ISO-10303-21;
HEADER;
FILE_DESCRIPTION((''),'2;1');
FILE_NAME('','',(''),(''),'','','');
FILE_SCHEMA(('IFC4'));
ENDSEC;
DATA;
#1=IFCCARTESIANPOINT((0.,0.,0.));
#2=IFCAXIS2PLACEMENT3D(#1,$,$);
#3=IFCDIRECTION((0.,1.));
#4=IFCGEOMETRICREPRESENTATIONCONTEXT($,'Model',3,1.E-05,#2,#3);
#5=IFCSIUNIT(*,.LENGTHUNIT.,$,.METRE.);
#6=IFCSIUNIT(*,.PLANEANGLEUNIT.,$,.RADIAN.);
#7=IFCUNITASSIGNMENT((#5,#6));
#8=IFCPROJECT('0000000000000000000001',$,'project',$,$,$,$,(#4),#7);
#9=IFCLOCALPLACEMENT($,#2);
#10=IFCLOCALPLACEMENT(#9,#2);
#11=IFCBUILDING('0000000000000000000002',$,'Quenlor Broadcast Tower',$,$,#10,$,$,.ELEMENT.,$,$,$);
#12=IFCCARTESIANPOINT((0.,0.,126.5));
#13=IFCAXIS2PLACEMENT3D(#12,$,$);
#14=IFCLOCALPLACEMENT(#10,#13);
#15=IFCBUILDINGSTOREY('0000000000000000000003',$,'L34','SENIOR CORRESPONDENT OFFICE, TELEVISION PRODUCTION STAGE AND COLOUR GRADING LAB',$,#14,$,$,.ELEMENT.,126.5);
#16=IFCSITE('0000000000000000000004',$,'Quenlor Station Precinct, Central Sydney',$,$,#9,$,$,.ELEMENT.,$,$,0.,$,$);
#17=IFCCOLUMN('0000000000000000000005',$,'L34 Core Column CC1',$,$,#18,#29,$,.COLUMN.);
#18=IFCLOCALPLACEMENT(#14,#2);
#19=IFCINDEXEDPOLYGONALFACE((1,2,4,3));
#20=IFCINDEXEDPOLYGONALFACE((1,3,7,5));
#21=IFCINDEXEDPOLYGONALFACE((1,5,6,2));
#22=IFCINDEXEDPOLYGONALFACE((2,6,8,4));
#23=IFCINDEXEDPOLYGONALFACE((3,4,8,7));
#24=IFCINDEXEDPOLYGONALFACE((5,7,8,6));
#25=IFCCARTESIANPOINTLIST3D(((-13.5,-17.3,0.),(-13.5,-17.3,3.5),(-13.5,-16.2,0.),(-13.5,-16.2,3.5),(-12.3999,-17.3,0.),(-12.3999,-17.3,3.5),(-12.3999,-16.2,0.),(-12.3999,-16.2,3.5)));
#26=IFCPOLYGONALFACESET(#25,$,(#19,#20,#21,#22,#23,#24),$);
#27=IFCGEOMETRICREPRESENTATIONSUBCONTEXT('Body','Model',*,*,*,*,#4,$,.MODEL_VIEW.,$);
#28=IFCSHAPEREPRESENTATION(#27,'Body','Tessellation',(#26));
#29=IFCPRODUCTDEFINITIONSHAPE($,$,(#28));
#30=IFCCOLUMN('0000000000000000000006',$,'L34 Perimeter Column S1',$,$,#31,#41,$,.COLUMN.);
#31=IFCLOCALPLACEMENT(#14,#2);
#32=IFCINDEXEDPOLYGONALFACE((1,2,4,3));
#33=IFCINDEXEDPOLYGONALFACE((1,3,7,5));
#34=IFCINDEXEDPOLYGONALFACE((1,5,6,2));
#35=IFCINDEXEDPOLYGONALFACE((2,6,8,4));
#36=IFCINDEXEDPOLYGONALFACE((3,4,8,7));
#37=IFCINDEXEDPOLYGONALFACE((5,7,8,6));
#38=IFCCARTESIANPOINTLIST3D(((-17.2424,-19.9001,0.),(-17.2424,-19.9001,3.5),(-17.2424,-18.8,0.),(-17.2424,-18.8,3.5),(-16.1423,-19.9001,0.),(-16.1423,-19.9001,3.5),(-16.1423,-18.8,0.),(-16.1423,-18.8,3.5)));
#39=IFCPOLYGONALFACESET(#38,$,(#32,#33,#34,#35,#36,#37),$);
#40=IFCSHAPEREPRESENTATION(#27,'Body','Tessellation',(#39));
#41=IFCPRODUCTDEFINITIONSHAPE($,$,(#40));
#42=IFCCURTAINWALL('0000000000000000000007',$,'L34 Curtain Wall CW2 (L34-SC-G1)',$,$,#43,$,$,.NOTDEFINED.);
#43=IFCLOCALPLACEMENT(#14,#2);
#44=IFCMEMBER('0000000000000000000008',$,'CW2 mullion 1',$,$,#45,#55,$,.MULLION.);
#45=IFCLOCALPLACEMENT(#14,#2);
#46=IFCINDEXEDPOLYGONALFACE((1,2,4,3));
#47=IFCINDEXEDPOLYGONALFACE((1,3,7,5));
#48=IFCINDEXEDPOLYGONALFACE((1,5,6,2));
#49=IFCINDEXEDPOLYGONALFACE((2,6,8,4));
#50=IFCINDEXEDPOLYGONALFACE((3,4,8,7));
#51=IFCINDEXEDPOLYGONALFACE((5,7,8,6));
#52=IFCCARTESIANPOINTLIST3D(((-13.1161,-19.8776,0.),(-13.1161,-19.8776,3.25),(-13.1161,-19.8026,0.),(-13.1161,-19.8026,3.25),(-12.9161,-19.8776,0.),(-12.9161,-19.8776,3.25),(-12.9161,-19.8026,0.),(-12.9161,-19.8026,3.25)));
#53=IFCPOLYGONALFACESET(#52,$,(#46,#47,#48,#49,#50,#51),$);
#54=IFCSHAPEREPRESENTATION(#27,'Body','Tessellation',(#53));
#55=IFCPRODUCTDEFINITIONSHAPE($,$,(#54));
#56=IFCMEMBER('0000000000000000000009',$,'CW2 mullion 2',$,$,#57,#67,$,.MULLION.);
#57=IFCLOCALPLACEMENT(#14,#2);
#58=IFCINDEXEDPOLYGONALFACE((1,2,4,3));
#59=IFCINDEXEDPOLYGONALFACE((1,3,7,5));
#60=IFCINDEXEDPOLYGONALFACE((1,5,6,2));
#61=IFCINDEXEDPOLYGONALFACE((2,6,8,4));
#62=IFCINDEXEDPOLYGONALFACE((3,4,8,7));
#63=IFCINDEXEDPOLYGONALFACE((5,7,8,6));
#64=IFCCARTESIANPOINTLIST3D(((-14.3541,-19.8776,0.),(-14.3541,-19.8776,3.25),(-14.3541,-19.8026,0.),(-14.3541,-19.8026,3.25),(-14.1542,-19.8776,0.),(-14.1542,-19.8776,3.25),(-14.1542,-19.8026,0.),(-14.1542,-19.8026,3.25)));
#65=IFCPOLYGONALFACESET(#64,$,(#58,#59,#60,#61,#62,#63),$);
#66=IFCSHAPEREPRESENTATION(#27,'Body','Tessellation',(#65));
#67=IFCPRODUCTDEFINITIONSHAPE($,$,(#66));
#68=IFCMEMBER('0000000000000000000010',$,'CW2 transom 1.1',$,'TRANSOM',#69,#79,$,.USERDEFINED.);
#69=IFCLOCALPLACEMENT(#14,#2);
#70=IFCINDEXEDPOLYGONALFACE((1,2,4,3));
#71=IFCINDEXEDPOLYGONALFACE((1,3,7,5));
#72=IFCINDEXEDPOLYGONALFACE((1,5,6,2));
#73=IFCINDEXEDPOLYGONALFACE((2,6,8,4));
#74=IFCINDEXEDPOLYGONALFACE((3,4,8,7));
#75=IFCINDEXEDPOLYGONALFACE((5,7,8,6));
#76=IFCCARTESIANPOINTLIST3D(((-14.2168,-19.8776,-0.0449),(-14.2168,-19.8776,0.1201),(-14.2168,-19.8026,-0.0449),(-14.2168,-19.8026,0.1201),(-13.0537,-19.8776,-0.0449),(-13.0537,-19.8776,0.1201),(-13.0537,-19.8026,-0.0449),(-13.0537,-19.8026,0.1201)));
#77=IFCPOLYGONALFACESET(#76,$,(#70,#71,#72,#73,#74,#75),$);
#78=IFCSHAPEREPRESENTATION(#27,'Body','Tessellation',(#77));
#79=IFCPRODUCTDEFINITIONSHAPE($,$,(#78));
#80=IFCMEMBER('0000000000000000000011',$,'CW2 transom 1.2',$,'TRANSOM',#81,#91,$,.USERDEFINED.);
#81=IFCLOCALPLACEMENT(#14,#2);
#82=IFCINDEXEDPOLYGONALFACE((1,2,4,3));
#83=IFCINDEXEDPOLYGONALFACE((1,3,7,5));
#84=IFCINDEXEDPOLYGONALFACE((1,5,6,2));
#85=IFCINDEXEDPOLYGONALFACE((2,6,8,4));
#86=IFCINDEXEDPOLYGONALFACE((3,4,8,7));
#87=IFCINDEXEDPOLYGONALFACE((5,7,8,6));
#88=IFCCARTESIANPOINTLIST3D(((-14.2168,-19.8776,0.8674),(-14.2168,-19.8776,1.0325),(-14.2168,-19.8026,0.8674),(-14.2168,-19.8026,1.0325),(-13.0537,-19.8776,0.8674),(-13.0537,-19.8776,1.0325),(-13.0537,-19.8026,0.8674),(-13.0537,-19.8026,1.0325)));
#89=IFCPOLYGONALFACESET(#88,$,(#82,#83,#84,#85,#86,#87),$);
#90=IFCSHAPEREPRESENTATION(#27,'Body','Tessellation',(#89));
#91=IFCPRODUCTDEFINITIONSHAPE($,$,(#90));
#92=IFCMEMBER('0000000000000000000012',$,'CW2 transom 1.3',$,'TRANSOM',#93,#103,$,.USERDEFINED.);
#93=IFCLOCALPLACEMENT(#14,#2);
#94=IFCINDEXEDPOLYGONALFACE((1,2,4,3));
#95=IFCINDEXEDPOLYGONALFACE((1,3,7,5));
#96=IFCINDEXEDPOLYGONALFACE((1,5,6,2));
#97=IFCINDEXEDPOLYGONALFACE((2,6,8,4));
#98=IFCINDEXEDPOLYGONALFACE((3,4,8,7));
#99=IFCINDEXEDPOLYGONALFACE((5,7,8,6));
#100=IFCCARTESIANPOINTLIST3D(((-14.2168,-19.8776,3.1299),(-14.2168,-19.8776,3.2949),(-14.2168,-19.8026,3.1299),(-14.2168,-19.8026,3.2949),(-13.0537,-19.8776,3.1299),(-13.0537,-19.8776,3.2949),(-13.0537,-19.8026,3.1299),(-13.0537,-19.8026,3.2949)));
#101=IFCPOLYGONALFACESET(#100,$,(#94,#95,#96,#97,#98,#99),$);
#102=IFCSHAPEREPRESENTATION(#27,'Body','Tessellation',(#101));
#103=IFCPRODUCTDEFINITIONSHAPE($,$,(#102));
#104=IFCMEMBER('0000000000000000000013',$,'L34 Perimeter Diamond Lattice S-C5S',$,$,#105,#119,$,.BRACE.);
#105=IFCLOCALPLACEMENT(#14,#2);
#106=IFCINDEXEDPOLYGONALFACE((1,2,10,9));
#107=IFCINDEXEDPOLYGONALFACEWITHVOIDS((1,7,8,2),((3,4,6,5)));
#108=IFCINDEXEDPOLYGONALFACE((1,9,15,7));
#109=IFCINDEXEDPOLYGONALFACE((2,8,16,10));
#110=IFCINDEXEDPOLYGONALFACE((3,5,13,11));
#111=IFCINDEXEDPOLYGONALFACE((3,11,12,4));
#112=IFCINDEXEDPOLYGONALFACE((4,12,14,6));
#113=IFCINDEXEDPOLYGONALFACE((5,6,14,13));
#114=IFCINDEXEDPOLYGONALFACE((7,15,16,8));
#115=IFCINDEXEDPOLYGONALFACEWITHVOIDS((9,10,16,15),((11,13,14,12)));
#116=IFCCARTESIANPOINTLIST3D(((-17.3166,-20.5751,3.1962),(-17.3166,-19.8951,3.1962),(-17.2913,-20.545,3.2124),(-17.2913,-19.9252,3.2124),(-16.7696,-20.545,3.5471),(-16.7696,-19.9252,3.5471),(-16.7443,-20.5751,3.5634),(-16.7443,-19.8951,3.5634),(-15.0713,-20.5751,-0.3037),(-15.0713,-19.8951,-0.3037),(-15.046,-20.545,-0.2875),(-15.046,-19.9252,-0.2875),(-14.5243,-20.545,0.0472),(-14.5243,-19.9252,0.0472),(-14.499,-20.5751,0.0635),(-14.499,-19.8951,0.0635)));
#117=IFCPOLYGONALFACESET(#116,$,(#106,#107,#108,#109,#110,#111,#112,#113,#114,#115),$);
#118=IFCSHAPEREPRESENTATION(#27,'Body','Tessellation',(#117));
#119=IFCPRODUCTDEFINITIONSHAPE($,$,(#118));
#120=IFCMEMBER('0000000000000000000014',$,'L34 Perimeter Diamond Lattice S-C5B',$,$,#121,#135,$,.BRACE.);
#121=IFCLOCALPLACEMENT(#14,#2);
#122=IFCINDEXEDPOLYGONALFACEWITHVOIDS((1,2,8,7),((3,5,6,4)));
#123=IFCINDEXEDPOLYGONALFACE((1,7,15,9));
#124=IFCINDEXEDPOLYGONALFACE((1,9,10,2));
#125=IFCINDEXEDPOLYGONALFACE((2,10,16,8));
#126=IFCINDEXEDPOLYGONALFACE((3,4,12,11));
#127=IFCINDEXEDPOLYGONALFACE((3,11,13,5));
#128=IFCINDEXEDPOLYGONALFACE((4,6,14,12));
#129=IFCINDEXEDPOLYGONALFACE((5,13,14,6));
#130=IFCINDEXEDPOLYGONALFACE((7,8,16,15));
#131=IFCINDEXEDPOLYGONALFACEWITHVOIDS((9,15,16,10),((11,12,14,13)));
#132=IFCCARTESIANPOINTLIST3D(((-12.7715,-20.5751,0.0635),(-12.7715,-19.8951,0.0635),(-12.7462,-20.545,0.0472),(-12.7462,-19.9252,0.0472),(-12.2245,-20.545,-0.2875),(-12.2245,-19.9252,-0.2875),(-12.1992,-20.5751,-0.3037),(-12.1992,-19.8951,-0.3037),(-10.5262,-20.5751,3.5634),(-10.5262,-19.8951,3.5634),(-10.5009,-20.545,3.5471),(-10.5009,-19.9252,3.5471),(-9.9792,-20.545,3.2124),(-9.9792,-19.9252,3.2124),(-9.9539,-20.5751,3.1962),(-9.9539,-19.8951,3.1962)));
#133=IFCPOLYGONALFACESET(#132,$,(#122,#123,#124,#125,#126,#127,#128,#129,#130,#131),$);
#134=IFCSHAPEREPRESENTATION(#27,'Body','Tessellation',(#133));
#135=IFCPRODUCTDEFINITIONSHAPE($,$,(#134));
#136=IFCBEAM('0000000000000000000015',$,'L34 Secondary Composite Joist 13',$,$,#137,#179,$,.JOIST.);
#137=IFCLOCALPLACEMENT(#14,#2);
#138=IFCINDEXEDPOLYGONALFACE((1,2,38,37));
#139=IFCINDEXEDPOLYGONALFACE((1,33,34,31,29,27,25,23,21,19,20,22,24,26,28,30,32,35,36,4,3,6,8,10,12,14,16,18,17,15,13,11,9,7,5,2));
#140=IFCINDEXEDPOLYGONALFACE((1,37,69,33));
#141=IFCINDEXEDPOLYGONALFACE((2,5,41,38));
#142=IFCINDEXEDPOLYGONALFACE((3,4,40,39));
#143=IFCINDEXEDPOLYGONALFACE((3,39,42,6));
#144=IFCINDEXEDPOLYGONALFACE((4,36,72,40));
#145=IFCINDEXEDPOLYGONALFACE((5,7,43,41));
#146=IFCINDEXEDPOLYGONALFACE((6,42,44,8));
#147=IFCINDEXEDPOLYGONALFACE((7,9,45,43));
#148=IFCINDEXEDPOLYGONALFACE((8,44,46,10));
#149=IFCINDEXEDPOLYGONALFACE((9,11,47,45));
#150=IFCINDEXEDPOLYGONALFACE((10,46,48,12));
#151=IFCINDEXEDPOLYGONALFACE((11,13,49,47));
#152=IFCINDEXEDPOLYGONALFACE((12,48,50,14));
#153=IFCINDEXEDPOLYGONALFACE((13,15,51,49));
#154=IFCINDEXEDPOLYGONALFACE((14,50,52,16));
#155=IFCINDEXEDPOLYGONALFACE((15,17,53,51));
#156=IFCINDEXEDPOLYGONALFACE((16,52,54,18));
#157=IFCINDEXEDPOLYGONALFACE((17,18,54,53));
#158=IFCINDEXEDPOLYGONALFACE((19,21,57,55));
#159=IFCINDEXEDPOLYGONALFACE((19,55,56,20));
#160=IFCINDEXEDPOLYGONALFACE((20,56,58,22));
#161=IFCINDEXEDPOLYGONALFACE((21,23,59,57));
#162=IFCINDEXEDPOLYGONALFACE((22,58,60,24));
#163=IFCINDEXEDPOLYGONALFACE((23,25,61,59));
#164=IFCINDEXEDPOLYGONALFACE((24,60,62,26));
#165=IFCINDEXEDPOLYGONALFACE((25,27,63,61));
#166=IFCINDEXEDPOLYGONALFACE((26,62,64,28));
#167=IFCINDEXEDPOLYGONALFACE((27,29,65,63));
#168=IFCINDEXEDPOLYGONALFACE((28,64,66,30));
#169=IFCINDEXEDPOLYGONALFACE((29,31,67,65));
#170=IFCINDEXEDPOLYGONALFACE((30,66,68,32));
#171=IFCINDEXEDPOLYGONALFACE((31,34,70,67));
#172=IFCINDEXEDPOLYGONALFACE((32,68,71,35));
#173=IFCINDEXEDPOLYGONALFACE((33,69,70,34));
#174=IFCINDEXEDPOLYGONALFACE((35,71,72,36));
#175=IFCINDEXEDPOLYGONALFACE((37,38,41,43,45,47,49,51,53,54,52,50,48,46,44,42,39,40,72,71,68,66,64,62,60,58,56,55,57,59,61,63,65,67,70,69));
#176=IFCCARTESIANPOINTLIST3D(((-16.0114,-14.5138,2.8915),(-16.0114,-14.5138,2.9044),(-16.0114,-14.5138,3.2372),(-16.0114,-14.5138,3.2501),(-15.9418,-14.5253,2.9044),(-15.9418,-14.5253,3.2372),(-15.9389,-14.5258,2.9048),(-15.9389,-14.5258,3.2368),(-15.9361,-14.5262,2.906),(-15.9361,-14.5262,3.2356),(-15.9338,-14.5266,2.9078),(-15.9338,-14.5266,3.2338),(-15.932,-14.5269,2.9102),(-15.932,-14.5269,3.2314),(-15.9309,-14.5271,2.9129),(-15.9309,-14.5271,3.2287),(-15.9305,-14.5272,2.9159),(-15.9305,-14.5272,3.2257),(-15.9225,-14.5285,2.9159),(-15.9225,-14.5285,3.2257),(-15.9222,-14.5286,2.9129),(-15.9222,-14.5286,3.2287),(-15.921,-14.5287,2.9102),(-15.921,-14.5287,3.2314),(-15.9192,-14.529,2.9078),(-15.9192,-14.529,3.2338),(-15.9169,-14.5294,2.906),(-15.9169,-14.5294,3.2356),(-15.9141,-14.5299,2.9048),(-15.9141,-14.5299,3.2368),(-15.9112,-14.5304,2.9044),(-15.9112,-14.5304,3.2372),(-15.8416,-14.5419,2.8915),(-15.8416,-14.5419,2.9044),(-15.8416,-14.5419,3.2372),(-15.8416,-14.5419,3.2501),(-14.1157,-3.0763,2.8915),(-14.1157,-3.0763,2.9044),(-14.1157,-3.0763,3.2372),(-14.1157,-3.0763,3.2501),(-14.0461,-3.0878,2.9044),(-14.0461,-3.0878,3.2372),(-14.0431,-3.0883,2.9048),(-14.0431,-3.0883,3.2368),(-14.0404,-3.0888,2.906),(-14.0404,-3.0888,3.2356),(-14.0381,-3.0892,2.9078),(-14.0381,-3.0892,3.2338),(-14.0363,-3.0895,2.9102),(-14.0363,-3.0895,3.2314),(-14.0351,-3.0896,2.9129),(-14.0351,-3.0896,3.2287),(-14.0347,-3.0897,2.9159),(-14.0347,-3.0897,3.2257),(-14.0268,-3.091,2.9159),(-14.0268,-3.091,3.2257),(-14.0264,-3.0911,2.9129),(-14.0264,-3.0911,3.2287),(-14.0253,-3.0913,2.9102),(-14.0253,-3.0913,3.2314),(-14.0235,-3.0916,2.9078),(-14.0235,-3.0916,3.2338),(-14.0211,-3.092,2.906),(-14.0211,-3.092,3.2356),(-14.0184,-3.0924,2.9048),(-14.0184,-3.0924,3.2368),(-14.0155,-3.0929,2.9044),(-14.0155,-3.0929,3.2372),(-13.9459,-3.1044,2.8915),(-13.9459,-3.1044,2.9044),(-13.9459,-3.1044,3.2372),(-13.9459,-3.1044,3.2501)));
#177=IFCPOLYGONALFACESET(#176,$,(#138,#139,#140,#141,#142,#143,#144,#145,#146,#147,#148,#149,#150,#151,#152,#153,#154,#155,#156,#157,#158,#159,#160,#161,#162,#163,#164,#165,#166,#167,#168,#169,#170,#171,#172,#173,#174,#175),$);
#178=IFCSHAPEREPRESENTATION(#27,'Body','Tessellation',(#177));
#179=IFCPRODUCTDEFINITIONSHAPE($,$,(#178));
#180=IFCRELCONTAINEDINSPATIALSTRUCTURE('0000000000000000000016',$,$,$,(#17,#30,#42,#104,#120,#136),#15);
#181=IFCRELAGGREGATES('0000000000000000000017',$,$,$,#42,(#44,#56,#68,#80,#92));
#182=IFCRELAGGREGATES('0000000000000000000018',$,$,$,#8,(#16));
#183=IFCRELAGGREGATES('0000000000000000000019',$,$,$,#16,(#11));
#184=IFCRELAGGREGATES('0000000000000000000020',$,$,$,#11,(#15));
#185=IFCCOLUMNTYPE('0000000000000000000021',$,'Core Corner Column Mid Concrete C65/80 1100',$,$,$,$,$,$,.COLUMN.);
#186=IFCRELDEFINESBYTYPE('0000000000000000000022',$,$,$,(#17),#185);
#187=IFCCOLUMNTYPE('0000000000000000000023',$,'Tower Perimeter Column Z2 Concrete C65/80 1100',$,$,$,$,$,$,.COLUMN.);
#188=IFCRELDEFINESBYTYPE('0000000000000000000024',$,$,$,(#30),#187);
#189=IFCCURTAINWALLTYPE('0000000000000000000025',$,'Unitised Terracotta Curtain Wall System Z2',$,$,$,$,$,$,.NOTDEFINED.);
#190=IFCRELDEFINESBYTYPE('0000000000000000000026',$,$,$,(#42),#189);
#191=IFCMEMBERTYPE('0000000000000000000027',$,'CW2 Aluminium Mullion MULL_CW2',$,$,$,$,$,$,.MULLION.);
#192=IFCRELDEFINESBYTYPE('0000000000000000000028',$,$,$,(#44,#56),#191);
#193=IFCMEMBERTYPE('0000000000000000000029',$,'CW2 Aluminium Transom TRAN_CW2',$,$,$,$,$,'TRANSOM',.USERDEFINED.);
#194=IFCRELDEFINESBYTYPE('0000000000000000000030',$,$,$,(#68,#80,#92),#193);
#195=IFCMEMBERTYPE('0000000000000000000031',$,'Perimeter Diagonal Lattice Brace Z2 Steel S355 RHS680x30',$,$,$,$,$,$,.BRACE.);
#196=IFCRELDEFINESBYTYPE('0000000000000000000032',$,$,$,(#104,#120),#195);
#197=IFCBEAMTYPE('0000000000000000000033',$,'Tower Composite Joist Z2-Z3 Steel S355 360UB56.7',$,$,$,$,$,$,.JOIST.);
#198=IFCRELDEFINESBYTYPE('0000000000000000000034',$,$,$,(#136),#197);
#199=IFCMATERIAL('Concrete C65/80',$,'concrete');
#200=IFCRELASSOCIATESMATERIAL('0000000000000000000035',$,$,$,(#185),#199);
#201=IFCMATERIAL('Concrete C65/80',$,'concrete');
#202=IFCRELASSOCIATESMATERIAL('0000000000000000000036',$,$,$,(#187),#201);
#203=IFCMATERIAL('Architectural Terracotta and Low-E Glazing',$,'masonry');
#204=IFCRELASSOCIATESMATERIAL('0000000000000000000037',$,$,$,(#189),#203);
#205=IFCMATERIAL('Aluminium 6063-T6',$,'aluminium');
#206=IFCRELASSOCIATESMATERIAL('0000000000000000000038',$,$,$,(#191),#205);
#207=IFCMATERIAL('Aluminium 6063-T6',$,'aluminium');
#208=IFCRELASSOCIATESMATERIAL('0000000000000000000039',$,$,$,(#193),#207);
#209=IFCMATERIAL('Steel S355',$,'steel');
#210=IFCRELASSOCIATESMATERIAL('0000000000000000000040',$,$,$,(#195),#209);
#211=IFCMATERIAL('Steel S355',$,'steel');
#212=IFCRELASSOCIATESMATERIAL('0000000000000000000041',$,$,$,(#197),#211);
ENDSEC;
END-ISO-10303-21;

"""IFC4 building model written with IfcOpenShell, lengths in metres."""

from ifc_helpers import new_model, si_unit, direction, frame, origin, origin_2d, place, context, subcontext, project, spatial, rectangle, hollow_rectangle, i_section, extrude, material, material_profile, profile_set, type_object, element, aggregate, save


model = new_model("IFC4")

# Units and contexts
model_context = context("Model", 3, precision=1e-05, world=origin(), true_north=direction((0.0, 1.0)))
body_context = subcontext(model_context, "Body", "Model", "MODEL_VIEW")
ifc_project = project(units=[si_unit("LENGTHUNIT", "METRE"), si_unit("PLANEANGLEUNIT", "RADIAN")], contexts=[model_context])

# Site, building, storey
site_placement = place(None, origin())
site = spatial("IfcSite", under=ifc_project, at=site_placement, Name="Quenlor Station Precinct, Central Sydney", CompositionType="ELEMENT", RefElevation=0.0)
building_placement = place(site_placement, origin())
building = spatial("IfcBuilding", under=site, at=building_placement, Name="Quenlor Broadcast Tower", CompositionType="ELEMENT")
storey_placement = place(building_placement, frame((0.0, 0.0, 126.5)))
storey = spatial("IfcBuildingStorey", under=building, at=storey_placement, Name="L34", Description="SENIOR CORRESPONDENT OFFICE, TELEVISION PRODUCTION STAGE AND COLOUR GRADING LAB", CompositionType="ELEMENT", Elevation=126.5)

# Columns
ifc_material_1 = material(Name="Concrete C65/80", Category="concrete")
ifc_material_profile_1 = material_profile(ifc_material_1, rectangle(XDim=1.1001, YDim=1.1001, at=origin_2d()))
ifc_profile_set_1 = profile_set([ifc_material_profile_1], Name="Concrete C65/80 RC1100x1100")
column_type_1 = type_object("IfcColumnType", Name="Core Corner Column Mid Concrete C65/80 1100", PredefinedType="COLUMN", material=ifc_profile_set_1)
column_1_placement = place(storey_placement, frame((-12.95, -16.75, 0.0), z_axis=(0.0, 0.0, 1.0), x_axis=(1.0, 0.0, 0.0)))
element("IfcColumn", 1, at=column_1_placement, inside=storey, type_object=column_type_1, Name="L34 Core Column CC1", PredefinedType="COLUMN", context=body_context, shape_type="SweptSolid", body=[
    extrude(rectangle(XDim=1.1001, YDim=1.1001, at=origin_2d()), origin(), (0.0, 0.0, 1.0), 3.5),
])
ifc_material_2 = material(Name="Concrete C65/80", Category="concrete")
ifc_material_profile_2 = material_profile(ifc_material_2, rectangle(XDim=1.1001, YDim=1.1001, at=origin_2d()))
ifc_profile_set_2 = profile_set([ifc_material_profile_2], Name="Concrete C65/80 RC1100x1100")
column_type_2 = type_object("IfcColumnType", Name="Tower Perimeter Column Z2 Concrete C65/80 1100", PredefinedType="COLUMN", material=ifc_profile_set_2)
column_2_placement = place(storey_placement, frame((-16.6924, -19.3501, 0.0), z_axis=(0.0, 0.0, 1.0), x_axis=(0.0, 1.0, 0.0)))
element("IfcColumn", 2, at=column_2_placement, inside=storey, type_object=column_type_2, Name="L34 Perimeter Column S1", PredefinedType="COLUMN", context=body_context, shape_type="SweptSolid", body=[
    extrude(rectangle(XDim=1.1001, YDim=1.1001, at=origin_2d()), origin(), (0.0, 0.0, 1.0), 3.5),
])

# Curtain wall, members
ifc_material_3 = material(Name="Architectural Terracotta and Low-E Glazing", Category="masonry")
curtain_wall_type = type_object("IfcCurtainWallType", Name="Unitised Terracotta Curtain Wall System Z2", PredefinedType="NOTDEFINED", material=ifc_material_3)
curtain_wall_placement = place(storey_placement, origin())
curtain_wall = element("IfcCurtainWall", 3, at=curtain_wall_placement, inside=storey, type_object=curtain_wall_type, Name="L34 Curtain Wall CW2 (L34-SC-G1)", PredefinedType="NOTDEFINED")
ifc_material_4 = material(Name="Aluminium 6063-T6", Category="aluminium")
ifc_material_profile_3 = material_profile(ifc_material_4, rectangle(XDim=0.075, YDim=0.2, at=origin_2d()))
ifc_profile_set_3 = profile_set([ifc_material_profile_3], Name="Aluminium 6063-T6 MULL75x200")
member_type_1 = type_object("IfcMemberType", Name="CW2 Aluminium Mullion MULL_CW2", PredefinedType="MULLION", material=ifc_profile_set_3)
member_1_placement = place(storey_placement, frame((-13.0161, -19.8401, 0.0), z_axis=(0.0, 0.0, 1.0), x_axis=(0.0, -1.0, 0.0)))
member_1 = element("IfcMember", 4, at=member_1_placement, type_object=member_type_1, Name="CW2 mullion 1", PredefinedType="MULLION", context=body_context, shape_type="SweptSolid", body=[
    extrude(rectangle(XDim=0.075, YDim=0.2, at=origin_2d()), origin(), (0.0, 0.0, 1.0), 3.25),
])
member_2_placement = place(storey_placement, frame((-14.2542, -19.8401, 0.0), z_axis=(0.0, 0.0, 1.0), x_axis=(0.0, -1.0, 0.0)))
member_2 = element("IfcMember", 5, at=member_2_placement, type_object=member_type_1, Name="CW2 mullion 2", PredefinedType="MULLION", context=body_context, shape_type="SweptSolid", body=[
    extrude(rectangle(XDim=0.075, YDim=0.2, at=origin_2d()), origin(), (0.0, 0.0, 1.0), 3.25),
])
ifc_material_5 = material(Name="Aluminium 6063-T6", Category="aluminium")
ifc_material_profile_4 = material_profile(ifc_material_5, rectangle(XDim=0.075, YDim=0.165, at=origin_2d()))
ifc_profile_set_4 = profile_set([ifc_material_profile_4], Name="Aluminium 6063-T6 TRAN75x165")
member_type_2 = type_object("IfcMemberType", Name="CW2 Aluminium Transom TRAN_CW2", ElementType="TRANSOM", PredefinedType="USERDEFINED", material=ifc_profile_set_4)
member_3_placement = place(storey_placement, frame((-13.0537, -19.8401, 0.0376), z_axis=(-1.0, 0.0, 0.0), x_axis=(0.0, -1.0, 0.0)))
member_3 = element("IfcMember", 6, at=member_3_placement, type_object=member_type_2, Name="CW2 transom 1.1", ObjectType="TRANSOM", PredefinedType="USERDEFINED", context=body_context, shape_type="SweptSolid", body=[
    extrude(rectangle(XDim=0.075, YDim=0.165, at=origin_2d()), origin(), (0.0, 0.0, 1.0), 1.1631),
])
member_4_placement = place(storey_placement, frame((-13.0537, -19.8401, 0.95), z_axis=(-1.0, 0.0, 0.0), x_axis=(0.0, -1.0, 0.0)))
member_4 = element("IfcMember", 7, at=member_4_placement, type_object=member_type_2, Name="CW2 transom 1.2", ObjectType="TRANSOM", PredefinedType="USERDEFINED", context=body_context, shape_type="SweptSolid", body=[
    extrude(rectangle(XDim=0.075, YDim=0.165, at=origin_2d()), origin(), (0.0, 0.0, 1.0), 1.1631),
])
member_5_placement = place(storey_placement, frame((-13.0537, -19.8401, 3.2124), z_axis=(-1.0, 0.0, 0.0), x_axis=(0.0, -1.0, 0.0)))
member_5 = element("IfcMember", 8, at=member_5_placement, type_object=member_type_2, Name="CW2 transom 1.3", ObjectType="TRANSOM", PredefinedType="USERDEFINED", context=body_context, shape_type="SweptSolid", body=[
    extrude(rectangle(XDim=0.075, YDim=0.165, at=origin_2d()), origin(), (0.0, 0.0, 1.0), 1.1631),
])

# Members
ifc_material_6 = material(Name="Steel S355", Category="steel")
ifc_material_profile_5 = material_profile(ifc_material_6, hollow_rectangle(XDim=0.6799, YDim=0.6799, WallThickness=0.03, at=origin_2d()))
ifc_profile_set_5 = profile_set([ifc_material_profile_5], Name="Steel S355 RHS680x680x30")
member_type_3 = type_object("IfcMemberType", Name="Perimeter Diagonal Lattice Brace Z2 Steel S355 RHS680x30", PredefinedType="BRACE", material=ifc_profile_set_5)
for number, where, z_axis, x_axis, name in (
    (9, (-14.7852, -20.2351, -0.1201), (-0.539968, 0.0, 0.841686), (0.0, -1.0, 0.0), "L34 Perimeter Diamond Lattice S-C5S"),
    (10, (-12.4854, -20.2351, -0.1201), (0.539968, 0.0, 0.841686), (0.0, 1.0, 0.0), "L34 Perimeter Diamond Lattice S-C5B"),
):
    element("IfcMember", number, at=place(storey_placement, frame(where, z_axis=z_axis, x_axis=x_axis)), inside=storey, type_object=member_type_3, Name=name, PredefinedType="BRACE", context=body_context, shape_type="SweptSolid", body=[
        extrude(hollow_rectangle(XDim=0.6799, YDim=0.6799, WallThickness=0.03, at=origin_2d()), origin(), (0.0, 0.0, 1.0), 4.1582),
    ])

# Beam
ifc_material_7 = material(Name="Steel S355", Category="steel")
ifc_material_profile_6 = material_profile(ifc_material_7, i_section(OverallWidth=0.1721, OverallDepth=0.3586, WebThickness=0.0081, FlangeThickness=0.0129, FilletRadius=0.0115, at=origin_2d()))
ifc_profile_set_6 = profile_set([ifc_material_profile_6], Name="Steel S355 360UB56.7")
beam_type_1 = type_object("IfcBeamType", Name="Tower Composite Joist Z2-Z3 Steel S355 360UB56.7", PredefinedType="JOIST", material=ifc_profile_set_6)
beam_1_placement = place(storey_placement, frame((-15.9265, -14.5278, 3.0708), z_axis=(0.163518, 0.98654, 0.0), x_axis=(-0.98654, 0.163518, 0.0)))
element("IfcBeam", 11, at=beam_1_placement, inside=storey, type_object=beam_type_1, Name="L34 Secondary Composite Joist 13", PredefinedType="JOIST", context=body_context, shape_type="SweptSolid", body=[
    extrude(i_section(OverallWidth=0.1721, OverallDepth=0.3586, WebThickness=0.0081, FlangeThickness=0.0129, FilletRadius=0.0115, at=origin_2d()), origin(), (0.0, 0.0, 1.0), 11.5935),
])

aggregate(curtain_wall, [member_1, member_2, member_3, member_4, member_5])

save(model, "model.ifc")
